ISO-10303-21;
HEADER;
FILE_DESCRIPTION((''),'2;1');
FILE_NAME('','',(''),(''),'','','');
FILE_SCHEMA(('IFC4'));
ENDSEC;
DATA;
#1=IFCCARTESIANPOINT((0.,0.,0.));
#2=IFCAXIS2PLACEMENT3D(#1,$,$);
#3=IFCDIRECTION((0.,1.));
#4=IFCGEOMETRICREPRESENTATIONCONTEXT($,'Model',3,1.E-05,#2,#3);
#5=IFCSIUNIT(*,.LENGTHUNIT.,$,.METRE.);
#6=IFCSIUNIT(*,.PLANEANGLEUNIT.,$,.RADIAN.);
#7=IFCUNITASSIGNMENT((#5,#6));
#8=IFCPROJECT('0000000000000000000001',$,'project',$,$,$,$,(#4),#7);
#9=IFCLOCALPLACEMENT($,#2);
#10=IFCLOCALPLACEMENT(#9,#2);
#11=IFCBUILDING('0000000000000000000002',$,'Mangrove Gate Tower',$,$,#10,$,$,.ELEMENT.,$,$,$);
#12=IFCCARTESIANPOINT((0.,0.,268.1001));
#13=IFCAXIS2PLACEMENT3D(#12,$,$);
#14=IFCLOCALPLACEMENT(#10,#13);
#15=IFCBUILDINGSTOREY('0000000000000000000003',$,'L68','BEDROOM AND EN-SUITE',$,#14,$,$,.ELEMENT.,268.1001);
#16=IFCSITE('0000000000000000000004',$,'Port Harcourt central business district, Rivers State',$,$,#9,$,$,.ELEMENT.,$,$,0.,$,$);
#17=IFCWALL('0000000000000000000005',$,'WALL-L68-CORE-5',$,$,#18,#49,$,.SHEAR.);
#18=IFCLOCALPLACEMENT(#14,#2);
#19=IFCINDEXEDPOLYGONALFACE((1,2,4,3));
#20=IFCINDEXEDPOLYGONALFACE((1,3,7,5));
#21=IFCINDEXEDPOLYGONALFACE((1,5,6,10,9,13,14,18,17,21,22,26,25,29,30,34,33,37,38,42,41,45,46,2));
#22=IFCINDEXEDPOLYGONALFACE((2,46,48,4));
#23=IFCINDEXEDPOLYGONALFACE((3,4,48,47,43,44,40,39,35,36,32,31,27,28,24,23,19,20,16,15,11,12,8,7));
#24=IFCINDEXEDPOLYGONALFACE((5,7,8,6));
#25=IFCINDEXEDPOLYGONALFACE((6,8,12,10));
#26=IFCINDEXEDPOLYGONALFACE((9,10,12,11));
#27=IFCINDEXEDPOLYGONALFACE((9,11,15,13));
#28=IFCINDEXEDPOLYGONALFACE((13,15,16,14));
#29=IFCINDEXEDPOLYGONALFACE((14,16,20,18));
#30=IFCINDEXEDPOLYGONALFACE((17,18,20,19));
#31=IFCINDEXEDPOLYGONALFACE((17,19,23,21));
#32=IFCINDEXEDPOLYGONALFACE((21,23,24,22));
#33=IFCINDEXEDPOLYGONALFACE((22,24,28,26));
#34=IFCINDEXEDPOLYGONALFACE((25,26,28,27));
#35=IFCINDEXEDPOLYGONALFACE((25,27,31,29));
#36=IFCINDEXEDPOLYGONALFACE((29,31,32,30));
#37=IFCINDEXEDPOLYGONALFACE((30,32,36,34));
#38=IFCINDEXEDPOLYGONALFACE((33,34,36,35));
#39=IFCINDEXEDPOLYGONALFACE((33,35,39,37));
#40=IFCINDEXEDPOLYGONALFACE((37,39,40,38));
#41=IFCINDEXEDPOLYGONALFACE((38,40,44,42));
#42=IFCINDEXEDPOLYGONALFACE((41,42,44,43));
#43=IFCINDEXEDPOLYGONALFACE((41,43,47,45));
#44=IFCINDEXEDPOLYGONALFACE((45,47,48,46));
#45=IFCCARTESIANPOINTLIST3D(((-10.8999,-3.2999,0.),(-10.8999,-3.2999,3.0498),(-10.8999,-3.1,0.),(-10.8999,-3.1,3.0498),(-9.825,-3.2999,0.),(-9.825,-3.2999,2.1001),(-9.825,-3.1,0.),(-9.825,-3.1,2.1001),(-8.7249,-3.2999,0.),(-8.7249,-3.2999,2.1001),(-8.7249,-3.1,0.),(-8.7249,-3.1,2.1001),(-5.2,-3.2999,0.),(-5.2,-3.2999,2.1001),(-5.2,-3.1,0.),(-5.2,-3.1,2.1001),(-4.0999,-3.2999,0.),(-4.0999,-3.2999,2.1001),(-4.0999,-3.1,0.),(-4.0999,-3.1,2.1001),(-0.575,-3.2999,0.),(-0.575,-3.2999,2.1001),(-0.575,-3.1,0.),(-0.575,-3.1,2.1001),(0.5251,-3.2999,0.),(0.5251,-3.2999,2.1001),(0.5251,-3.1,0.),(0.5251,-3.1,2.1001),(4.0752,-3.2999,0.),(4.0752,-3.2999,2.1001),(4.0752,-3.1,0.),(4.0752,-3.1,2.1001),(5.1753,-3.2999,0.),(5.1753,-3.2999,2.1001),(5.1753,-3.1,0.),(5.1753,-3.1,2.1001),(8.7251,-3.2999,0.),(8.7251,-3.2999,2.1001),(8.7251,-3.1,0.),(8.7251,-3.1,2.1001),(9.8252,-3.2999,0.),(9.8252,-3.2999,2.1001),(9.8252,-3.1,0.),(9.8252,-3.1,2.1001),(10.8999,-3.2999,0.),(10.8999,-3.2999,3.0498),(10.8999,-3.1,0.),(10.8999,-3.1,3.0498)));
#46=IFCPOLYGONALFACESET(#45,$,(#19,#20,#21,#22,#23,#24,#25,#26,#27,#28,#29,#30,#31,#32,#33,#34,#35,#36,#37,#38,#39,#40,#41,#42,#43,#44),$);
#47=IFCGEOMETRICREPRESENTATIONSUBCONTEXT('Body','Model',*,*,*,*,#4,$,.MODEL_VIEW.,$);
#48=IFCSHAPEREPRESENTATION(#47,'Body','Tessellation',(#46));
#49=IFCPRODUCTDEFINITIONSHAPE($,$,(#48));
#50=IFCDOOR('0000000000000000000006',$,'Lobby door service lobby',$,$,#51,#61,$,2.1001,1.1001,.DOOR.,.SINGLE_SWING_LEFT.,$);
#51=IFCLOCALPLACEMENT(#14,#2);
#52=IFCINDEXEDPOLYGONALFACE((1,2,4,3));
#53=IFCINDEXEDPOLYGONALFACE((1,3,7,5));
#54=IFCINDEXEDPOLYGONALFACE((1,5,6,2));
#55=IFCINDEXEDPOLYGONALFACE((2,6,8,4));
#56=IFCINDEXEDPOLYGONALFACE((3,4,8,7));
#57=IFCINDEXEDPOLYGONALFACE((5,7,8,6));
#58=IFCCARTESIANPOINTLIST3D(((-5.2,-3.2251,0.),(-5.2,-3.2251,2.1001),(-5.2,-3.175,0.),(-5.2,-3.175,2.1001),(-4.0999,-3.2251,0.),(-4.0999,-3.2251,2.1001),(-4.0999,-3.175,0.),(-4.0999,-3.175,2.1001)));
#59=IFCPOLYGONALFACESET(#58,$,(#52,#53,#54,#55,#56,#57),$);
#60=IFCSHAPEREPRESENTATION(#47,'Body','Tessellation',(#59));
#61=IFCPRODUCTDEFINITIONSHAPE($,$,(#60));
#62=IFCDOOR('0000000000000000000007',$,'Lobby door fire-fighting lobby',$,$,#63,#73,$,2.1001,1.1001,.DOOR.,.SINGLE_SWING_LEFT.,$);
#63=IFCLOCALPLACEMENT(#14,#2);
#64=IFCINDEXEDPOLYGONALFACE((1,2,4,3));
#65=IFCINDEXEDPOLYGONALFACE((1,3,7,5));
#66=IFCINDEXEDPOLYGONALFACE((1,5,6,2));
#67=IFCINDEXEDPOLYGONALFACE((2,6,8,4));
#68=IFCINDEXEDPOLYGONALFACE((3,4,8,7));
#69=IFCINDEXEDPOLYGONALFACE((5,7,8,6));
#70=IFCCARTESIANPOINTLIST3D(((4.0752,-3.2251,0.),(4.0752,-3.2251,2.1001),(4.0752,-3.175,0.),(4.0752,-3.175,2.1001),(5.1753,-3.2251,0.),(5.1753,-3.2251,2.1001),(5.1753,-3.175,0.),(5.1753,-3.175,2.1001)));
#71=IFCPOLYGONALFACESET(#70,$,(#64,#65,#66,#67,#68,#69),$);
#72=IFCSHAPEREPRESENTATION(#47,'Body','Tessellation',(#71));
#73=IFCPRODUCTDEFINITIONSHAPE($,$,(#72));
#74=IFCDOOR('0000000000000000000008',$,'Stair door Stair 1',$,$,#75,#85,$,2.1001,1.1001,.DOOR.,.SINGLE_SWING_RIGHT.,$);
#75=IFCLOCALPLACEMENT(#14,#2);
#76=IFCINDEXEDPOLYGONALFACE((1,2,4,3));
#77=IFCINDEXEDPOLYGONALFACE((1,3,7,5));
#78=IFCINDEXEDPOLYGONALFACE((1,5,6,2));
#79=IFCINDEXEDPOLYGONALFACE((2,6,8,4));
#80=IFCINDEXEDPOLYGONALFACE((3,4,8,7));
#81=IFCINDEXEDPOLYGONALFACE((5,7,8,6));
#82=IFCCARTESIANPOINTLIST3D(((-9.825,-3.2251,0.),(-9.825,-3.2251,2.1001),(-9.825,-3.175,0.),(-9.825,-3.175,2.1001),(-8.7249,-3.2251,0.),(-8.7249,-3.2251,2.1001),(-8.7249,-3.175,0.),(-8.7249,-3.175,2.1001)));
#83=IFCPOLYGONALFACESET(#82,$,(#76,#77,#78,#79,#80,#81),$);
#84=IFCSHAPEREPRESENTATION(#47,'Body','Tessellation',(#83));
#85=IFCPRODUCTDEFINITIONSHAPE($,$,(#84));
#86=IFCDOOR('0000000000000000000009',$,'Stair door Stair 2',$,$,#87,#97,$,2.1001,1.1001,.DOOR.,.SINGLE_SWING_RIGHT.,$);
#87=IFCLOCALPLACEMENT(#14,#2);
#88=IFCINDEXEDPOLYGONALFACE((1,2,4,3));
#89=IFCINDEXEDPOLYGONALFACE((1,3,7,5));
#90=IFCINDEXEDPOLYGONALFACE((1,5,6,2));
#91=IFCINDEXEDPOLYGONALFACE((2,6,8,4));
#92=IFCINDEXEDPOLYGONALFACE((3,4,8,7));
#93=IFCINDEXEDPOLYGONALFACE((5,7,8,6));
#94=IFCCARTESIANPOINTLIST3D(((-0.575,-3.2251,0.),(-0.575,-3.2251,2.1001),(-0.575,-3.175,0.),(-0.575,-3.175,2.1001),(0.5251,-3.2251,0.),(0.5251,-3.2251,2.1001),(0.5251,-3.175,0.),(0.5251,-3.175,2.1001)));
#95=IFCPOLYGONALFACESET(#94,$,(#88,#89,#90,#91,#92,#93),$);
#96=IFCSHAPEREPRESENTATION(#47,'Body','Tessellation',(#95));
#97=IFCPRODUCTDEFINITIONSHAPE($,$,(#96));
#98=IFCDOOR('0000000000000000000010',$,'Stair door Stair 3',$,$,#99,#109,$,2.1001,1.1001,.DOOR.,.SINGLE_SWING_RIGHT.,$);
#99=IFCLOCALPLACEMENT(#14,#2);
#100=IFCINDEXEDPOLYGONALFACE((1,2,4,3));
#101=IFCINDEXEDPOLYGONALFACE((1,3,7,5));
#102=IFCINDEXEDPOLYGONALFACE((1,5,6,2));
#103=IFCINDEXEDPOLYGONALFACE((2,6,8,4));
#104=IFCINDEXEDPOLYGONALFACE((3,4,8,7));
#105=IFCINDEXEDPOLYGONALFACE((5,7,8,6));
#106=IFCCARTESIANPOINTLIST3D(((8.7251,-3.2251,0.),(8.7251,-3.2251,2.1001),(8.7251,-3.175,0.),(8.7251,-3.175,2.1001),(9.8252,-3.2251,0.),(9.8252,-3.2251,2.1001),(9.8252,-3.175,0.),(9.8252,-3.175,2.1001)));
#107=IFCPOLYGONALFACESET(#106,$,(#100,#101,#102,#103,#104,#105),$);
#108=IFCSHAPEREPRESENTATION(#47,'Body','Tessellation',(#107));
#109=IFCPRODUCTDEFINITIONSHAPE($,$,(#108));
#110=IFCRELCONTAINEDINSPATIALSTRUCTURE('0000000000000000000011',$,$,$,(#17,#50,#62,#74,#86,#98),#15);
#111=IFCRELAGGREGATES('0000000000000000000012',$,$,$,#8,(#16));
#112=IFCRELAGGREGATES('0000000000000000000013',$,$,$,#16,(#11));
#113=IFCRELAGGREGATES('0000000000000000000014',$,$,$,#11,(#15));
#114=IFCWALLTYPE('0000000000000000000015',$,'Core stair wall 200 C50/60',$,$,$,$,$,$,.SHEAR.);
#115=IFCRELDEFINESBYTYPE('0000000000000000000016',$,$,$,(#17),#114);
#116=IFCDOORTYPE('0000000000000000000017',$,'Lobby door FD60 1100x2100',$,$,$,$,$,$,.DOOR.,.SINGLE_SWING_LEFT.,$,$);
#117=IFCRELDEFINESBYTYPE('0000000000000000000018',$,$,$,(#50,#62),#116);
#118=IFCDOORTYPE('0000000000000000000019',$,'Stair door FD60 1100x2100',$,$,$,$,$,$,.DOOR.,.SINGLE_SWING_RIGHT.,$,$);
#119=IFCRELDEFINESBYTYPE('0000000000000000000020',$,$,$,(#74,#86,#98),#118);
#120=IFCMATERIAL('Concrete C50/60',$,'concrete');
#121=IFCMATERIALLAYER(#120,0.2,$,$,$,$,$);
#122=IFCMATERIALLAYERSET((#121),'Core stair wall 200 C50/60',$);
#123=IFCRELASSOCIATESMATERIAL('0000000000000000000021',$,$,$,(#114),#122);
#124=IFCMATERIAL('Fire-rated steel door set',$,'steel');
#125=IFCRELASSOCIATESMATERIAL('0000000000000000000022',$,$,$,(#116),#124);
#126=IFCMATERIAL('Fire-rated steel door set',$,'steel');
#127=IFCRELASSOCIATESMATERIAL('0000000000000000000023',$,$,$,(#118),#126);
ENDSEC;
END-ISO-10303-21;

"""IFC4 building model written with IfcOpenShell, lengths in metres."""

from ifc_helpers import new_model, si_unit, direction, frame, frame_2d, origin, place, context, subcontext, project, spatial, rectangle, extrude, material, layer, layer_set, type_object, element, fill, save


model = new_model("IFC4")

# Units and contexts
model_context = context("Model", 3, precision=1e-05, world=origin(), true_north=direction((0.0, 1.0)))
body_context = subcontext(model_context, "Body", "Model", "MODEL_VIEW")
ifc_project = project(units=[si_unit("LENGTHUNIT", "METRE"), si_unit("PLANEANGLEUNIT", "RADIAN")], contexts=[model_context])

# Site, building, storey
site_placement = place(None, origin())
site = spatial("IfcSite", under=ifc_project, at=site_placement, Name="Port Harcourt central business district, Rivers State", CompositionType="ELEMENT", RefElevation=0.0)
building_placement = place(site_placement, origin())
building = spatial("IfcBuilding", under=site, at=building_placement, Name="Mangrove Gate Tower", CompositionType="ELEMENT")
storey_placement = place(building_placement, frame((0.0, 0.0, 268.1001)))
storey = spatial("IfcBuildingStorey", under=building, at=storey_placement, Name="L68", Description="BEDROOM AND EN-SUITE", CompositionType="ELEMENT", Elevation=268.1001)

# Wall, openings, doors
ifc_material_1 = material(Name="Concrete C50/60", Category="concrete")
ifc_layer_1 = layer(ifc_material_1, 0.2)
ifc_layer_set_1 = layer_set([ifc_layer_1], Name="Core stair wall 200 C50/60")
wall_type_1 = type_object("IfcWallType", Name="Core stair wall 200 C50/60", PredefinedType="SHEAR", material=ifc_layer_set_1)
wall_1_placement = place(storey_placement, frame((-10.8999, -3.2, 0.0), z_axis=(0.0, 0.0, 1.0), x_axis=(1.0, 0.0, 0.0)))
wall_1 = element("IfcWall", 1, at=wall_1_placement, inside=storey, type_object=wall_type_1, Name="WALL-L68-CORE-5", PredefinedType="SHEAR", context=body_context, shape_type="SweptSolid", body=[
    extrude(rectangle(XDim=21.7998, YDim=0.2, at=frame_2d((10.8999, 0.0))), origin(), (0.0, 0.0, 1.0), 3.0498),
])
opening_1_placement = place(wall_1_placement, frame((1.075, 0.0, 0.0)))
opening_1 = element("IfcOpeningElement", 2, at=opening_1_placement, cuts=wall_1, PredefinedType="OPENING", context=body_context, shape_type="SweptSolid", body=[
    extrude(rectangle(XDim=1.1001, YDim=2.1001, at=frame_2d((0.55, 1.05))), frame((0.0, 0.1099, 0.0), z_axis=(0.0, -1.0, 0.0), x_axis=(1.0, 0.0, 0.0)), (0.0, 0.0, 1.0), 0.22),
])
opening_2_placement = place(wall_1_placement, frame((10.325, 0.0, 0.0)))
opening_2 = element("IfcOpeningElement", 3, at=opening_2_placement, cuts=wall_1, PredefinedType="OPENING", context=body_context, shape_type="SweptSolid", body=[
    extrude(rectangle(XDim=1.1001, YDim=2.1001, at=frame_2d((0.55, 1.05))), frame((0.0, 0.1099, 0.0), z_axis=(0.0, -1.0, 0.0), x_axis=(1.0, 0.0, 0.0)), (0.0, 0.0, 1.0), 0.22),
])
opening_3_placement = place(wall_1_placement, frame((19.625, 0.0, 0.0)))
opening_3 = element("IfcOpeningElement", 4, at=opening_3_placement, cuts=wall_1, PredefinedType="OPENING", context=body_context, shape_type="SweptSolid", body=[
    extrude(rectangle(XDim=1.1001, YDim=2.1001, at=frame_2d((0.55, 1.05))), frame((0.0, 0.1099, 0.0), z_axis=(0.0, -1.0, 0.0), x_axis=(1.0, 0.0, 0.0)), (0.0, 0.0, 1.0), 0.22),
])
opening_4_placement = place(wall_1_placement, frame((5.7, 0.0, 0.0)))
opening_4 = element("IfcOpeningElement", 5, at=opening_4_placement, cuts=wall_1, PredefinedType="OPENING", context=body_context, shape_type="SweptSolid", body=[
    extrude(rectangle(XDim=1.1001, YDim=2.1001, at=frame_2d((0.55, 1.05))), frame((0.0, 0.1099, 0.0), z_axis=(0.0, -1.0, 0.0), x_axis=(1.0, 0.0, 0.0)), (0.0, 0.0, 1.0), 0.22),
])
opening_5_placement = place(wall_1_placement, frame((14.9751, 0.0, 0.0)))
opening_5 = element("IfcOpeningElement", 6, at=opening_5_placement, cuts=wall_1, PredefinedType="OPENING", context=body_context, shape_type="SweptSolid", body=[
    extrude(rectangle(XDim=1.1001, YDim=2.1001, at=frame_2d((0.55, 1.05))), frame((0.0, 0.1099, 0.0), z_axis=(0.0, -1.0, 0.0), x_axis=(1.0, 0.0, 0.0)), (0.0, 0.0, 1.0), 0.22),
])
ifc_material_2 = material(Name="Fire-rated steel door set", Category="steel")
door_type_1 = type_object("IfcDoorType", Name="Lobby door FD60 1100x2100", OperationType="SINGLE_SWING_LEFT", PredefinedType="DOOR", material=ifc_material_2)
door_1_placement = place(opening_4_placement, origin())
door_1 = element("IfcDoor", 7, at=door_1_placement, inside=storey, type_object=door_type_1, Name="Lobby door service lobby", OperationType="SINGLE_SWING_LEFT", OverallHeight=2.1001, OverallWidth=1.1001, PredefinedType="DOOR", context=body_context, shape_type="SweptSolid", body=[
    extrude(rectangle(XDim=1.1001, YDim=2.1001, at=frame_2d((0.55, 1.05))), frame((0.0, 0.0249, 0.0), z_axis=(0.0, -1.0, 0.0), x_axis=(1.0, 0.0, 0.0)), (0.0, 0.0, 1.0), 0.05),
])
fill(opening_4, door_1)
door_2_placement = place(opening_5_placement, origin())
door_2 = element("IfcDoor", 8, at=door_2_placement, inside=storey, type_object=door_type_1, Name="Lobby door fire-fighting lobby", OperationType="SINGLE_SWING_LEFT", OverallHeight=2.1001, OverallWidth=1.1001, PredefinedType="DOOR", context=body_context, shape_type="SweptSolid", body=[
    extrude(rectangle(XDim=1.1001, YDim=2.1001, at=frame_2d((0.55, 1.05))), frame((0.0, 0.0249, 0.0), z_axis=(0.0, -1.0, 0.0), x_axis=(1.0, 0.0, 0.0)), (0.0, 0.0, 1.0), 0.05),
])
fill(opening_5, door_2)
ifc_material_3 = material(Name="Fire-rated steel door set", Category="steel")
door_type_2 = type_object("IfcDoorType", Name="Stair door FD60 1100x2100", OperationType="SINGLE_SWING_RIGHT", PredefinedType="DOOR", material=ifc_material_3)
door_3_placement = place(opening_1_placement, origin())
door_3 = element("IfcDoor", 9, at=door_3_placement, inside=storey, type_object=door_type_2, Name="Stair door Stair 1", OperationType="SINGLE_SWING_RIGHT", OverallHeight=2.1001, OverallWidth=1.1001, PredefinedType="DOOR", context=body_context, shape_type="SweptSolid", body=[
    extrude(rectangle(XDim=1.1001, YDim=2.1001, at=frame_2d((0.55, 1.05))), frame((0.0, 0.0249, 0.0), z_axis=(0.0, -1.0, 0.0), x_axis=(1.0, 0.0, 0.0)), (0.0, 0.0, 1.0), 0.05),
])
fill(opening_1, door_3)
door_4_placement = place(opening_2_placement, origin())
door_4 = element("IfcDoor", 10, at=door_4_placement, inside=storey, type_object=door_type_2, Name="Stair door Stair 2", OperationType="SINGLE_SWING_RIGHT", OverallHeight=2.1001, OverallWidth=1.1001, PredefinedType="DOOR", context=body_context, shape_type="SweptSolid", body=[
    extrude(rectangle(XDim=1.1001, YDim=2.1001, at=frame_2d((0.55, 1.05))), frame((0.0, 0.0249, 0.0), z_axis=(0.0, -1.0, 0.0), x_axis=(1.0, 0.0, 0.0)), (0.0, 0.0, 1.0), 0.05),
])
fill(opening_2, door_4)
door_5_placement = place(opening_3_placement, origin())
door_5 = element("IfcDoor", 11, at=door_5_placement, inside=storey, type_object=door_type_2, Name="Stair door Stair 3", OperationType="SINGLE_SWING_RIGHT", OverallHeight=2.1001, OverallWidth=1.1001, PredefinedType="DOOR", context=body_context, shape_type="SweptSolid", body=[
    extrude(rectangle(XDim=1.1001, YDim=2.1001, at=frame_2d((0.55, 1.05))), frame((0.0, 0.0249, 0.0), z_axis=(0.0, -1.0, 0.0), x_axis=(1.0, 0.0, 0.0)), (0.0, 0.0, 1.0), 0.05),
])
fill(opening_3, door_5)

save(model, "model.ifc")
